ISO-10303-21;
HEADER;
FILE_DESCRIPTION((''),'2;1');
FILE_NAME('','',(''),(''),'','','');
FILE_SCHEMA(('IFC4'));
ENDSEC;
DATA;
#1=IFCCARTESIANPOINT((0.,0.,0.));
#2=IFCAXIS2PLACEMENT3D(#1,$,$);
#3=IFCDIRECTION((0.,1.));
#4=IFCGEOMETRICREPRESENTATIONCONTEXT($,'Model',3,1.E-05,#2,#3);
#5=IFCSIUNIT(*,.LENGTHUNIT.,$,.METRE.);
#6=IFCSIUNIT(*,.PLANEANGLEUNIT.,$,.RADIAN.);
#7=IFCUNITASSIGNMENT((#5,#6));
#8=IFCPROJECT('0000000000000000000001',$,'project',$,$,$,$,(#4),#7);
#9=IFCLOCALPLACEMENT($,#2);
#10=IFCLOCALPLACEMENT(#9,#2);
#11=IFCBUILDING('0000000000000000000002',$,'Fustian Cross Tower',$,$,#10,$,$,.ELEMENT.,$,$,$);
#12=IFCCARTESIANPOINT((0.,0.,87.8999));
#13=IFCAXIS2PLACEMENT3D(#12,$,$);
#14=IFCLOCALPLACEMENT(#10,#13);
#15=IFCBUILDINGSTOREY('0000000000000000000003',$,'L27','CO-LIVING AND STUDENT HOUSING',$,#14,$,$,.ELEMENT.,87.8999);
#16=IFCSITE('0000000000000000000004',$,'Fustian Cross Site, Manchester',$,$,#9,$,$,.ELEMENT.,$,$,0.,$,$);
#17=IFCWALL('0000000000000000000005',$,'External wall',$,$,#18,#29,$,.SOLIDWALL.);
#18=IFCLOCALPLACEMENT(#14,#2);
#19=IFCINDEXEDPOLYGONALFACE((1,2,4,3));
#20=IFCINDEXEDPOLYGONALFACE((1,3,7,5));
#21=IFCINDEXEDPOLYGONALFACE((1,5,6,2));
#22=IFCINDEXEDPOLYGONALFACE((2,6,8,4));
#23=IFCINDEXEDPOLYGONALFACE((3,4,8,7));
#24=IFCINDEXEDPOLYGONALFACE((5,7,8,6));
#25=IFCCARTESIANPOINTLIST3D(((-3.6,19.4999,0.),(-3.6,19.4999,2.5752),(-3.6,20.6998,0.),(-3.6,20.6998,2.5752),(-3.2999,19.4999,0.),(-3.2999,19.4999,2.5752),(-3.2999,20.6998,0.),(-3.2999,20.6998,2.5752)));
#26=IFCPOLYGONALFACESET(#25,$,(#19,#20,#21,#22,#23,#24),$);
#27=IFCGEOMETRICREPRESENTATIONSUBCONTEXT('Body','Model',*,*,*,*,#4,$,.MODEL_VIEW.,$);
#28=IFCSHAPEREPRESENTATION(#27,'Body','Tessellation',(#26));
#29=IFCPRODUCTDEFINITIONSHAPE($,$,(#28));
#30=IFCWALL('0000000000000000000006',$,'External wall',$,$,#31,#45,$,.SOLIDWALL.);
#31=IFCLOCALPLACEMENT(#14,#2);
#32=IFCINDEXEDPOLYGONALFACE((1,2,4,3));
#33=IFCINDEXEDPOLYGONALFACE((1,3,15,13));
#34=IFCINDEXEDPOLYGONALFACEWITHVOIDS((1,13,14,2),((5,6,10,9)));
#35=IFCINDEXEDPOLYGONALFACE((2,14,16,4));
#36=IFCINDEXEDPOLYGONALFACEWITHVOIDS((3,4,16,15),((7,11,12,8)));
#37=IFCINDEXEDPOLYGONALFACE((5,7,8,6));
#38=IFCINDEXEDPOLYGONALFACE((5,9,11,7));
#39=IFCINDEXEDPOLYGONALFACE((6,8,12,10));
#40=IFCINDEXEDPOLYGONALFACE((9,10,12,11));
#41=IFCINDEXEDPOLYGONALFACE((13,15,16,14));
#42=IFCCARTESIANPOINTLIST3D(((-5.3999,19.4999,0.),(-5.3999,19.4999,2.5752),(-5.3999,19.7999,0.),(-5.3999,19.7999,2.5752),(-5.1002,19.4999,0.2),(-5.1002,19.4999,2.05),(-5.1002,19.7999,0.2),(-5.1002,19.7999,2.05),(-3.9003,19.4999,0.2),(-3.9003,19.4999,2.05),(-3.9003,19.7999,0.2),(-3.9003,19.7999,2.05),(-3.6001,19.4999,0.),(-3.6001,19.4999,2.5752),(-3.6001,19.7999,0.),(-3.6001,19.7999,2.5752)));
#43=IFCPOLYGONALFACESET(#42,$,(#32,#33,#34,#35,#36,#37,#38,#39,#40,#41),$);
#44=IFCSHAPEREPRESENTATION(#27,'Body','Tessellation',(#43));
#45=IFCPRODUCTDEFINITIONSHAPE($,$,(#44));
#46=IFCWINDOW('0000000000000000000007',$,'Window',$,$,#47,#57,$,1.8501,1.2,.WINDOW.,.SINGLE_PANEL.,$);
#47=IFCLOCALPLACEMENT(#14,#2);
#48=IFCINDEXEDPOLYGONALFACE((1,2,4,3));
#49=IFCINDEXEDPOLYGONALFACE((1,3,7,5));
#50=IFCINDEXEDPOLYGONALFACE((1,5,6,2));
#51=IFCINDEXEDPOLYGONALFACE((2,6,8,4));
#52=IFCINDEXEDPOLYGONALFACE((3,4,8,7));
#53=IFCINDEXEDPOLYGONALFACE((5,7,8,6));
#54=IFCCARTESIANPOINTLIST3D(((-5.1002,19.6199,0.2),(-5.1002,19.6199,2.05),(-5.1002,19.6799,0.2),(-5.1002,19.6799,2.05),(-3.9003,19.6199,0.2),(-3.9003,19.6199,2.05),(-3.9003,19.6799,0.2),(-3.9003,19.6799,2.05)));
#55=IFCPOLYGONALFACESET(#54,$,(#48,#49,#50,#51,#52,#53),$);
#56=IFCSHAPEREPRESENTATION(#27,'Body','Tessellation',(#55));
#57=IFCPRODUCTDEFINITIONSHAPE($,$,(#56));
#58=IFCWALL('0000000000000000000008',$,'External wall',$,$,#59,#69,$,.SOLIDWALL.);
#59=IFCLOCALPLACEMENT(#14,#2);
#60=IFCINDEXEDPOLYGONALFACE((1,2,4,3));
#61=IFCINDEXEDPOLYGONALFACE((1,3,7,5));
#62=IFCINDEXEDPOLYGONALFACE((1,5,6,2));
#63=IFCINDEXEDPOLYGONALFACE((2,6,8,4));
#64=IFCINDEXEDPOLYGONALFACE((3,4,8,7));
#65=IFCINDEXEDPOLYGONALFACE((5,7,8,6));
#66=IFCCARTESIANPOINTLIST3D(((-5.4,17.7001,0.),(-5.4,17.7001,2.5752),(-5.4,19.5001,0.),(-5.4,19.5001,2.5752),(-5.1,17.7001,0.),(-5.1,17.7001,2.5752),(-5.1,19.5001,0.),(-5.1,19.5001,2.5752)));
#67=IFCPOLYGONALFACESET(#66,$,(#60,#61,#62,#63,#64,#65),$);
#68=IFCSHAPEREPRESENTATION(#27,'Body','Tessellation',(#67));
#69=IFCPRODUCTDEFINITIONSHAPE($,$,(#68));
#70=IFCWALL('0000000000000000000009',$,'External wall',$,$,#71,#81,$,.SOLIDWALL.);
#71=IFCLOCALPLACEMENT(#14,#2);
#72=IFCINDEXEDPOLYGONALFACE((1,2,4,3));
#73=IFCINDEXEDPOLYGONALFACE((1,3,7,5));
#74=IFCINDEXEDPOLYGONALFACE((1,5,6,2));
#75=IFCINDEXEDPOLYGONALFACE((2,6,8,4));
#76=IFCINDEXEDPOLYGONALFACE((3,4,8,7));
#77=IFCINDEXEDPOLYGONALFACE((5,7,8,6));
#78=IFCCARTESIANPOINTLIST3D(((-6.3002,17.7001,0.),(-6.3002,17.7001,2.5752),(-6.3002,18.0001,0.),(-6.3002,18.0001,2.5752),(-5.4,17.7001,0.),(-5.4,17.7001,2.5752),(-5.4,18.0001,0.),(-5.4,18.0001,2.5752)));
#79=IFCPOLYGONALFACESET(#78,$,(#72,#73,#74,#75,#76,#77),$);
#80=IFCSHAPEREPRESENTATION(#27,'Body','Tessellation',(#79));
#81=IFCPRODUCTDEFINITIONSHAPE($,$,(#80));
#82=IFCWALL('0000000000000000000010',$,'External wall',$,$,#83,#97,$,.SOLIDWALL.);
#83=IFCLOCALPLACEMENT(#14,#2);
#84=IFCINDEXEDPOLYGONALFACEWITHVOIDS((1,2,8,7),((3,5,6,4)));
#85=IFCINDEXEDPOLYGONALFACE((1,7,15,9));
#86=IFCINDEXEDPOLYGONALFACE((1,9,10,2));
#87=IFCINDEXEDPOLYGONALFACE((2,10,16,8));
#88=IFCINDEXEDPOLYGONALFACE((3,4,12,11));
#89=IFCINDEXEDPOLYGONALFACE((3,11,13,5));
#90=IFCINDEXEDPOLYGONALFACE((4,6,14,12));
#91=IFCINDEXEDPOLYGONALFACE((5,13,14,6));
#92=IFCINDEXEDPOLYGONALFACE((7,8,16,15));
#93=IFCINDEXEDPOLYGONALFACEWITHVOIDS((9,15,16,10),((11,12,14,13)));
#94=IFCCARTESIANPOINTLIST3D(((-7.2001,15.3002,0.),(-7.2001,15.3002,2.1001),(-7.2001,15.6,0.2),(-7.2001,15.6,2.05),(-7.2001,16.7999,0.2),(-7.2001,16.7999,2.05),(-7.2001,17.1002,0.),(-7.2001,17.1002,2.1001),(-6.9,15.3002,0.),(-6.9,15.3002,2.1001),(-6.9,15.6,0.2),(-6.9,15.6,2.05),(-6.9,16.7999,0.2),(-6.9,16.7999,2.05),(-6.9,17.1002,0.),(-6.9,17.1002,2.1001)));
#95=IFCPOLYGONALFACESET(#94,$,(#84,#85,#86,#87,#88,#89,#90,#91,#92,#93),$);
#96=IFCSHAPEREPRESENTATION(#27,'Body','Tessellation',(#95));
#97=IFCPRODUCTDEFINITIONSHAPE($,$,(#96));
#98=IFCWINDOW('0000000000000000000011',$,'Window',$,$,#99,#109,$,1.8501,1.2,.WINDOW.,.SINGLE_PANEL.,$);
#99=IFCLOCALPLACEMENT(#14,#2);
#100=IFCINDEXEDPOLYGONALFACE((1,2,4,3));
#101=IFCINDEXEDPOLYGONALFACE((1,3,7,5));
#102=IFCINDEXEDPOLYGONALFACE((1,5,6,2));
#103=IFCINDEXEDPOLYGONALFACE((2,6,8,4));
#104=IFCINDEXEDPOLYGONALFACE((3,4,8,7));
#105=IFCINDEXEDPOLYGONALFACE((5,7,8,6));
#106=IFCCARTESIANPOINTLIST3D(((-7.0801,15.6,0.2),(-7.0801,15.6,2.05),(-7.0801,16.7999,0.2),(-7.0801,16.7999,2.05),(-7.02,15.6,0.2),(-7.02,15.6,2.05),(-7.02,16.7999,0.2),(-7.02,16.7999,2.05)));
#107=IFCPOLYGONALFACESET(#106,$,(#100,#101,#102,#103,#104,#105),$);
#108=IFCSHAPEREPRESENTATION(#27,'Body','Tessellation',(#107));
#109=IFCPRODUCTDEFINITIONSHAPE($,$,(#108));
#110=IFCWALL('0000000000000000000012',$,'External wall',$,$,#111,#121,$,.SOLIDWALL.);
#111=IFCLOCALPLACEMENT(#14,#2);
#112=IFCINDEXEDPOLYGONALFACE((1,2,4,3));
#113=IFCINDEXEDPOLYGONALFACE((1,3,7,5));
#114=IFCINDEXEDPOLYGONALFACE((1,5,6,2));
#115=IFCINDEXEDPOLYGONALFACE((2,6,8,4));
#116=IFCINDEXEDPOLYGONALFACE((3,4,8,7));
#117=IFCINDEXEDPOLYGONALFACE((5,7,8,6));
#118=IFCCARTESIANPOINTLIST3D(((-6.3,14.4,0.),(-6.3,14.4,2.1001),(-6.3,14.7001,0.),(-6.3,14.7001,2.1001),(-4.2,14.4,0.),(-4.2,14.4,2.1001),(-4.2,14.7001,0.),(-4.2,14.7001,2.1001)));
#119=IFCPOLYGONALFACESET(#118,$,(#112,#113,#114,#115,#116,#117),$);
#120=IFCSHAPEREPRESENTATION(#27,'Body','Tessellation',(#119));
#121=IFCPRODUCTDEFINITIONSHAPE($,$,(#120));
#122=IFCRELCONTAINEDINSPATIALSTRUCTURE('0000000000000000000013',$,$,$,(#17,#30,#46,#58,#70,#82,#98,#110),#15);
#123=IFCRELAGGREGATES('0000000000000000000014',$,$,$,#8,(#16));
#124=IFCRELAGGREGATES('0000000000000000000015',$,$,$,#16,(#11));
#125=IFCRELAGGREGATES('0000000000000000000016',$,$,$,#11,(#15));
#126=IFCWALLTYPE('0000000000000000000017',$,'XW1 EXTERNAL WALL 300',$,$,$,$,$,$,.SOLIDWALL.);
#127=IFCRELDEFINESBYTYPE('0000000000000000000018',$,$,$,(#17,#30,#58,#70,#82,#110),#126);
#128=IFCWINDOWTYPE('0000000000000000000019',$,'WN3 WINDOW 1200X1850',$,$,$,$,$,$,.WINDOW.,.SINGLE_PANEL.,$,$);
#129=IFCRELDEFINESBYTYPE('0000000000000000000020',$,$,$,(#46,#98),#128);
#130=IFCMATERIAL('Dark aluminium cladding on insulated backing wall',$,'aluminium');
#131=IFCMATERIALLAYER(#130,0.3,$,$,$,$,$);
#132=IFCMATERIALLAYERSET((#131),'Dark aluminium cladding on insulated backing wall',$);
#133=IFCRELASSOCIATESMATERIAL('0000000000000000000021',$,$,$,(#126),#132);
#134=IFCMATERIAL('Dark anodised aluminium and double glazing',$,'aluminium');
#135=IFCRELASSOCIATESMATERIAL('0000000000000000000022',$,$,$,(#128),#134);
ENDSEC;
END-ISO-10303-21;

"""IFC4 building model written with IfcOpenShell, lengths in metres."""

from ifc_helpers import new_model, si_unit, direction, frame, frame_2d, origin, place, context, subcontext, project, spatial, rectangle, extrude, material, layer, layer_set, type_object, element, fill, save


model = new_model("IFC4")

# Units and contexts
model_context = context("Model", 3, precision=1e-05, world=origin(), true_north=direction((0.0, 1.0)))
body_context = subcontext(model_context, "Body", "Model", "MODEL_VIEW")
ifc_project = project(units=[si_unit("LENGTHUNIT", "METRE"), si_unit("PLANEANGLEUNIT", "RADIAN")], contexts=[model_context])

# Site, building, storey
site_placement = place(None, origin())
site = spatial("IfcSite", under=ifc_project, at=site_placement, Name="Fustian Cross Site, Manchester", CompositionType="ELEMENT", RefElevation=0.0)
building_placement = place(site_placement, origin())
building = spatial("IfcBuilding", under=site, at=building_placement, Name="Fustian Cross Tower", CompositionType="ELEMENT")
storey_placement = place(building_placement, frame((0.0, 0.0, 87.8999)))
storey = spatial("IfcBuildingStorey", under=building, at=storey_placement, Name="L27", Description="CO-LIVING AND STUDENT HOUSING", CompositionType="ELEMENT", Elevation=87.8999)

# Wall
ifc_material_1 = material(Name="Dark aluminium cladding on insulated backing wall", Category="aluminium")
ifc_layer_1 = layer(ifc_material_1, 0.3)
ifc_layer_set_1 = layer_set([ifc_layer_1], Name="Dark aluminium cladding on insulated backing wall")
wall_type_1 = type_object("IfcWallType", Name="XW1 EXTERNAL WALL 300", PredefinedType="SOLIDWALL", material=ifc_layer_set_1)
wall_1_placement = place(storey_placement, frame((-3.45, 20.7, 0.0), z_axis=(0.0, 0.0, 1.0), x_axis=(0.0, -1.0, 0.0)))
element("IfcWall", 1, at=wall_1_placement, inside=storey, type_object=wall_type_1, Name="External wall", PredefinedType="SOLIDWALL", context=body_context, shape_type="SweptSolid", body=[
    extrude(rectangle(XDim=1.2, YDim=0.3, at=frame_2d((0.6001, 0.0))), origin(), (0.0, 0.0, 1.0), 2.5752),
])

# Wall, opening, window
wall_2_placement = place(storey_placement, frame((-3.6001, 19.6499, 0.0), z_axis=(0.0, 0.0, 1.0), x_axis=(-1.0, 0.0, 0.0)))
wall_2 = element("IfcWall", 2, at=wall_2_placement, inside=storey, type_object=wall_type_1, Name="External wall", PredefinedType="SOLIDWALL", context=body_context, shape_type="SweptSolid", body=[
    extrude(rectangle(XDim=1.7998, YDim=0.3, at=frame_2d((0.8999, 0.0))), origin(), (0.0, 0.0, 1.0), 2.5752),
])
opening_1_placement = place(wall_2_placement, frame((0.3, 0.0, 0.2)))
opening_1 = element("IfcOpeningElement", 3, at=opening_1_placement, cuts=wall_2, PredefinedType="OPENING", context=body_context, shape_type="SweptSolid", body=[
    extrude(rectangle(XDim=1.2, YDim=1.8501, at=frame_2d((0.6001, 0.925))), frame((0.0, 0.1599, 0.0), z_axis=(0.0, -1.0, 0.0), x_axis=(1.0, 0.0, 0.0)), (0.0, 0.0, 1.0), 0.3201),
])
ifc_material_2 = material(Name="Dark anodised aluminium and double glazing", Category="aluminium")
window_type_1 = type_object("IfcWindowType", Name="WN3 WINDOW 1200X1850", PartitioningType="SINGLE_PANEL", PredefinedType="WINDOW", material=ifc_material_2)
window_1_placement = place(opening_1_placement, origin())
window_1 = element("IfcWindow", 4, at=window_1_placement, inside=storey, type_object=window_type_1, Name="Window", OverallHeight=1.8501, OverallWidth=1.2, PartitioningType="SINGLE_PANEL", PredefinedType="WINDOW", context=body_context, shape_type="SweptSolid", body=[
    extrude(rectangle(XDim=1.2, YDim=1.8501, at=frame_2d((0.6001, 0.925))), frame((0.0, 0.03, 0.0), z_axis=(0.0, -1.0, 0.0), x_axis=(1.0, 0.0, 0.0)), (0.0, 0.0, 1.0), 0.0601),
])
fill(opening_1, window_1)

# Walls
wall_3_placement = place(storey_placement, frame((-5.25, 19.5, 0.0), z_axis=(0.0, 0.0, 1.0), x_axis=(0.0, -1.0, 0.0)))
element("IfcWall", 5, at=wall_3_placement, inside=storey, type_object=wall_type_1, Name="External wall", PredefinedType="SOLIDWALL", context=body_context, shape_type="SweptSolid", body=[
    extrude(rectangle(XDim=1.8, YDim=0.3, at=frame_2d((0.8999, 0.0))), origin(), (0.0, 0.0, 1.0), 2.5752),
])
wall_4_placement = place(storey_placement, frame((-5.3999, 17.8501, 0.0), z_axis=(0.0, 0.0, 1.0), x_axis=(-1.0, 0.0, 0.0)))
element("IfcWall", 6, at=wall_4_placement, inside=storey, type_object=wall_type_1, Name="External wall", PredefinedType="SOLIDWALL", context=body_context, shape_type="SweptSolid", body=[
    extrude(rectangle(XDim=0.9001, YDim=0.3, at=frame_2d((0.4502, 0.0))), origin(), (0.0, 0.0, 1.0), 2.5752),
])

# Wall, opening, window
wall_5_placement = place(storey_placement, frame((-7.05, 17.1001, 0.0), z_axis=(0.0, 0.0, 1.0), x_axis=(0.0, -1.0, 0.0)))
wall_5 = element("IfcWall", 7, at=wall_5_placement, inside=storey, type_object=wall_type_1, Name="External wall", PredefinedType="SOLIDWALL", context=body_context, shape_type="SweptSolid", body=[
    extrude(rectangle(XDim=1.8, YDim=0.3, at=frame_2d((0.8999, 0.0))), origin(), (0.0, 0.0, 1.0), 2.1001),
])
opening_2_placement = place(wall_5_placement, frame((0.3, 0.0, 0.2)))
opening_2 = element("IfcOpeningElement", 8, at=opening_2_placement, cuts=wall_5, PredefinedType="OPENING", context=body_context, shape_type="SweptSolid", body=[
    extrude(rectangle(XDim=1.2, YDim=1.8501, at=frame_2d((0.6001, 0.925))), frame((0.0, 0.1599, 0.0), z_axis=(0.0, -1.0, 0.0), x_axis=(1.0, 0.0, 0.0)), (0.0, 0.0, 1.0), 0.3201),
])
window_2_placement = place(opening_2_placement, origin())
window_2 = element("IfcWindow", 9, at=window_2_placement, inside=storey, type_object=window_type_1, Name="Window", OverallHeight=1.8501, OverallWidth=1.2, PartitioningType="SINGLE_PANEL", PredefinedType="WINDOW", context=body_context, shape_type="SweptSolid", body=[
    extrude(rectangle(XDim=1.2, YDim=1.8501, at=frame_2d((0.6001, 0.925))), frame((0.0, 0.03, 0.0), z_axis=(0.0, -1.0, 0.0), x_axis=(1.0, 0.0, 0.0)), (0.0, 0.0, 1.0), 0.0601),
])
fill(opening_2, window_2)

# Wall
wall_6_placement = place(storey_placement, frame((-6.3, 14.55, 0.0), z_axis=(0.0, 0.0, 1.0), x_axis=(1.0, 0.0, 0.0)))
element("IfcWall", 10, at=wall_6_placement, inside=storey, type_object=wall_type_1, Name="External wall", PredefinedType="SOLIDWALL", context=body_context, shape_type="SweptSolid", body=[
    extrude(rectangle(XDim=2.1001, YDim=0.3, at=frame_2d((1.05, 0.0))), origin(), (0.0, 0.0, 1.0), 2.1001),
])

save(model, "model.ifc")
